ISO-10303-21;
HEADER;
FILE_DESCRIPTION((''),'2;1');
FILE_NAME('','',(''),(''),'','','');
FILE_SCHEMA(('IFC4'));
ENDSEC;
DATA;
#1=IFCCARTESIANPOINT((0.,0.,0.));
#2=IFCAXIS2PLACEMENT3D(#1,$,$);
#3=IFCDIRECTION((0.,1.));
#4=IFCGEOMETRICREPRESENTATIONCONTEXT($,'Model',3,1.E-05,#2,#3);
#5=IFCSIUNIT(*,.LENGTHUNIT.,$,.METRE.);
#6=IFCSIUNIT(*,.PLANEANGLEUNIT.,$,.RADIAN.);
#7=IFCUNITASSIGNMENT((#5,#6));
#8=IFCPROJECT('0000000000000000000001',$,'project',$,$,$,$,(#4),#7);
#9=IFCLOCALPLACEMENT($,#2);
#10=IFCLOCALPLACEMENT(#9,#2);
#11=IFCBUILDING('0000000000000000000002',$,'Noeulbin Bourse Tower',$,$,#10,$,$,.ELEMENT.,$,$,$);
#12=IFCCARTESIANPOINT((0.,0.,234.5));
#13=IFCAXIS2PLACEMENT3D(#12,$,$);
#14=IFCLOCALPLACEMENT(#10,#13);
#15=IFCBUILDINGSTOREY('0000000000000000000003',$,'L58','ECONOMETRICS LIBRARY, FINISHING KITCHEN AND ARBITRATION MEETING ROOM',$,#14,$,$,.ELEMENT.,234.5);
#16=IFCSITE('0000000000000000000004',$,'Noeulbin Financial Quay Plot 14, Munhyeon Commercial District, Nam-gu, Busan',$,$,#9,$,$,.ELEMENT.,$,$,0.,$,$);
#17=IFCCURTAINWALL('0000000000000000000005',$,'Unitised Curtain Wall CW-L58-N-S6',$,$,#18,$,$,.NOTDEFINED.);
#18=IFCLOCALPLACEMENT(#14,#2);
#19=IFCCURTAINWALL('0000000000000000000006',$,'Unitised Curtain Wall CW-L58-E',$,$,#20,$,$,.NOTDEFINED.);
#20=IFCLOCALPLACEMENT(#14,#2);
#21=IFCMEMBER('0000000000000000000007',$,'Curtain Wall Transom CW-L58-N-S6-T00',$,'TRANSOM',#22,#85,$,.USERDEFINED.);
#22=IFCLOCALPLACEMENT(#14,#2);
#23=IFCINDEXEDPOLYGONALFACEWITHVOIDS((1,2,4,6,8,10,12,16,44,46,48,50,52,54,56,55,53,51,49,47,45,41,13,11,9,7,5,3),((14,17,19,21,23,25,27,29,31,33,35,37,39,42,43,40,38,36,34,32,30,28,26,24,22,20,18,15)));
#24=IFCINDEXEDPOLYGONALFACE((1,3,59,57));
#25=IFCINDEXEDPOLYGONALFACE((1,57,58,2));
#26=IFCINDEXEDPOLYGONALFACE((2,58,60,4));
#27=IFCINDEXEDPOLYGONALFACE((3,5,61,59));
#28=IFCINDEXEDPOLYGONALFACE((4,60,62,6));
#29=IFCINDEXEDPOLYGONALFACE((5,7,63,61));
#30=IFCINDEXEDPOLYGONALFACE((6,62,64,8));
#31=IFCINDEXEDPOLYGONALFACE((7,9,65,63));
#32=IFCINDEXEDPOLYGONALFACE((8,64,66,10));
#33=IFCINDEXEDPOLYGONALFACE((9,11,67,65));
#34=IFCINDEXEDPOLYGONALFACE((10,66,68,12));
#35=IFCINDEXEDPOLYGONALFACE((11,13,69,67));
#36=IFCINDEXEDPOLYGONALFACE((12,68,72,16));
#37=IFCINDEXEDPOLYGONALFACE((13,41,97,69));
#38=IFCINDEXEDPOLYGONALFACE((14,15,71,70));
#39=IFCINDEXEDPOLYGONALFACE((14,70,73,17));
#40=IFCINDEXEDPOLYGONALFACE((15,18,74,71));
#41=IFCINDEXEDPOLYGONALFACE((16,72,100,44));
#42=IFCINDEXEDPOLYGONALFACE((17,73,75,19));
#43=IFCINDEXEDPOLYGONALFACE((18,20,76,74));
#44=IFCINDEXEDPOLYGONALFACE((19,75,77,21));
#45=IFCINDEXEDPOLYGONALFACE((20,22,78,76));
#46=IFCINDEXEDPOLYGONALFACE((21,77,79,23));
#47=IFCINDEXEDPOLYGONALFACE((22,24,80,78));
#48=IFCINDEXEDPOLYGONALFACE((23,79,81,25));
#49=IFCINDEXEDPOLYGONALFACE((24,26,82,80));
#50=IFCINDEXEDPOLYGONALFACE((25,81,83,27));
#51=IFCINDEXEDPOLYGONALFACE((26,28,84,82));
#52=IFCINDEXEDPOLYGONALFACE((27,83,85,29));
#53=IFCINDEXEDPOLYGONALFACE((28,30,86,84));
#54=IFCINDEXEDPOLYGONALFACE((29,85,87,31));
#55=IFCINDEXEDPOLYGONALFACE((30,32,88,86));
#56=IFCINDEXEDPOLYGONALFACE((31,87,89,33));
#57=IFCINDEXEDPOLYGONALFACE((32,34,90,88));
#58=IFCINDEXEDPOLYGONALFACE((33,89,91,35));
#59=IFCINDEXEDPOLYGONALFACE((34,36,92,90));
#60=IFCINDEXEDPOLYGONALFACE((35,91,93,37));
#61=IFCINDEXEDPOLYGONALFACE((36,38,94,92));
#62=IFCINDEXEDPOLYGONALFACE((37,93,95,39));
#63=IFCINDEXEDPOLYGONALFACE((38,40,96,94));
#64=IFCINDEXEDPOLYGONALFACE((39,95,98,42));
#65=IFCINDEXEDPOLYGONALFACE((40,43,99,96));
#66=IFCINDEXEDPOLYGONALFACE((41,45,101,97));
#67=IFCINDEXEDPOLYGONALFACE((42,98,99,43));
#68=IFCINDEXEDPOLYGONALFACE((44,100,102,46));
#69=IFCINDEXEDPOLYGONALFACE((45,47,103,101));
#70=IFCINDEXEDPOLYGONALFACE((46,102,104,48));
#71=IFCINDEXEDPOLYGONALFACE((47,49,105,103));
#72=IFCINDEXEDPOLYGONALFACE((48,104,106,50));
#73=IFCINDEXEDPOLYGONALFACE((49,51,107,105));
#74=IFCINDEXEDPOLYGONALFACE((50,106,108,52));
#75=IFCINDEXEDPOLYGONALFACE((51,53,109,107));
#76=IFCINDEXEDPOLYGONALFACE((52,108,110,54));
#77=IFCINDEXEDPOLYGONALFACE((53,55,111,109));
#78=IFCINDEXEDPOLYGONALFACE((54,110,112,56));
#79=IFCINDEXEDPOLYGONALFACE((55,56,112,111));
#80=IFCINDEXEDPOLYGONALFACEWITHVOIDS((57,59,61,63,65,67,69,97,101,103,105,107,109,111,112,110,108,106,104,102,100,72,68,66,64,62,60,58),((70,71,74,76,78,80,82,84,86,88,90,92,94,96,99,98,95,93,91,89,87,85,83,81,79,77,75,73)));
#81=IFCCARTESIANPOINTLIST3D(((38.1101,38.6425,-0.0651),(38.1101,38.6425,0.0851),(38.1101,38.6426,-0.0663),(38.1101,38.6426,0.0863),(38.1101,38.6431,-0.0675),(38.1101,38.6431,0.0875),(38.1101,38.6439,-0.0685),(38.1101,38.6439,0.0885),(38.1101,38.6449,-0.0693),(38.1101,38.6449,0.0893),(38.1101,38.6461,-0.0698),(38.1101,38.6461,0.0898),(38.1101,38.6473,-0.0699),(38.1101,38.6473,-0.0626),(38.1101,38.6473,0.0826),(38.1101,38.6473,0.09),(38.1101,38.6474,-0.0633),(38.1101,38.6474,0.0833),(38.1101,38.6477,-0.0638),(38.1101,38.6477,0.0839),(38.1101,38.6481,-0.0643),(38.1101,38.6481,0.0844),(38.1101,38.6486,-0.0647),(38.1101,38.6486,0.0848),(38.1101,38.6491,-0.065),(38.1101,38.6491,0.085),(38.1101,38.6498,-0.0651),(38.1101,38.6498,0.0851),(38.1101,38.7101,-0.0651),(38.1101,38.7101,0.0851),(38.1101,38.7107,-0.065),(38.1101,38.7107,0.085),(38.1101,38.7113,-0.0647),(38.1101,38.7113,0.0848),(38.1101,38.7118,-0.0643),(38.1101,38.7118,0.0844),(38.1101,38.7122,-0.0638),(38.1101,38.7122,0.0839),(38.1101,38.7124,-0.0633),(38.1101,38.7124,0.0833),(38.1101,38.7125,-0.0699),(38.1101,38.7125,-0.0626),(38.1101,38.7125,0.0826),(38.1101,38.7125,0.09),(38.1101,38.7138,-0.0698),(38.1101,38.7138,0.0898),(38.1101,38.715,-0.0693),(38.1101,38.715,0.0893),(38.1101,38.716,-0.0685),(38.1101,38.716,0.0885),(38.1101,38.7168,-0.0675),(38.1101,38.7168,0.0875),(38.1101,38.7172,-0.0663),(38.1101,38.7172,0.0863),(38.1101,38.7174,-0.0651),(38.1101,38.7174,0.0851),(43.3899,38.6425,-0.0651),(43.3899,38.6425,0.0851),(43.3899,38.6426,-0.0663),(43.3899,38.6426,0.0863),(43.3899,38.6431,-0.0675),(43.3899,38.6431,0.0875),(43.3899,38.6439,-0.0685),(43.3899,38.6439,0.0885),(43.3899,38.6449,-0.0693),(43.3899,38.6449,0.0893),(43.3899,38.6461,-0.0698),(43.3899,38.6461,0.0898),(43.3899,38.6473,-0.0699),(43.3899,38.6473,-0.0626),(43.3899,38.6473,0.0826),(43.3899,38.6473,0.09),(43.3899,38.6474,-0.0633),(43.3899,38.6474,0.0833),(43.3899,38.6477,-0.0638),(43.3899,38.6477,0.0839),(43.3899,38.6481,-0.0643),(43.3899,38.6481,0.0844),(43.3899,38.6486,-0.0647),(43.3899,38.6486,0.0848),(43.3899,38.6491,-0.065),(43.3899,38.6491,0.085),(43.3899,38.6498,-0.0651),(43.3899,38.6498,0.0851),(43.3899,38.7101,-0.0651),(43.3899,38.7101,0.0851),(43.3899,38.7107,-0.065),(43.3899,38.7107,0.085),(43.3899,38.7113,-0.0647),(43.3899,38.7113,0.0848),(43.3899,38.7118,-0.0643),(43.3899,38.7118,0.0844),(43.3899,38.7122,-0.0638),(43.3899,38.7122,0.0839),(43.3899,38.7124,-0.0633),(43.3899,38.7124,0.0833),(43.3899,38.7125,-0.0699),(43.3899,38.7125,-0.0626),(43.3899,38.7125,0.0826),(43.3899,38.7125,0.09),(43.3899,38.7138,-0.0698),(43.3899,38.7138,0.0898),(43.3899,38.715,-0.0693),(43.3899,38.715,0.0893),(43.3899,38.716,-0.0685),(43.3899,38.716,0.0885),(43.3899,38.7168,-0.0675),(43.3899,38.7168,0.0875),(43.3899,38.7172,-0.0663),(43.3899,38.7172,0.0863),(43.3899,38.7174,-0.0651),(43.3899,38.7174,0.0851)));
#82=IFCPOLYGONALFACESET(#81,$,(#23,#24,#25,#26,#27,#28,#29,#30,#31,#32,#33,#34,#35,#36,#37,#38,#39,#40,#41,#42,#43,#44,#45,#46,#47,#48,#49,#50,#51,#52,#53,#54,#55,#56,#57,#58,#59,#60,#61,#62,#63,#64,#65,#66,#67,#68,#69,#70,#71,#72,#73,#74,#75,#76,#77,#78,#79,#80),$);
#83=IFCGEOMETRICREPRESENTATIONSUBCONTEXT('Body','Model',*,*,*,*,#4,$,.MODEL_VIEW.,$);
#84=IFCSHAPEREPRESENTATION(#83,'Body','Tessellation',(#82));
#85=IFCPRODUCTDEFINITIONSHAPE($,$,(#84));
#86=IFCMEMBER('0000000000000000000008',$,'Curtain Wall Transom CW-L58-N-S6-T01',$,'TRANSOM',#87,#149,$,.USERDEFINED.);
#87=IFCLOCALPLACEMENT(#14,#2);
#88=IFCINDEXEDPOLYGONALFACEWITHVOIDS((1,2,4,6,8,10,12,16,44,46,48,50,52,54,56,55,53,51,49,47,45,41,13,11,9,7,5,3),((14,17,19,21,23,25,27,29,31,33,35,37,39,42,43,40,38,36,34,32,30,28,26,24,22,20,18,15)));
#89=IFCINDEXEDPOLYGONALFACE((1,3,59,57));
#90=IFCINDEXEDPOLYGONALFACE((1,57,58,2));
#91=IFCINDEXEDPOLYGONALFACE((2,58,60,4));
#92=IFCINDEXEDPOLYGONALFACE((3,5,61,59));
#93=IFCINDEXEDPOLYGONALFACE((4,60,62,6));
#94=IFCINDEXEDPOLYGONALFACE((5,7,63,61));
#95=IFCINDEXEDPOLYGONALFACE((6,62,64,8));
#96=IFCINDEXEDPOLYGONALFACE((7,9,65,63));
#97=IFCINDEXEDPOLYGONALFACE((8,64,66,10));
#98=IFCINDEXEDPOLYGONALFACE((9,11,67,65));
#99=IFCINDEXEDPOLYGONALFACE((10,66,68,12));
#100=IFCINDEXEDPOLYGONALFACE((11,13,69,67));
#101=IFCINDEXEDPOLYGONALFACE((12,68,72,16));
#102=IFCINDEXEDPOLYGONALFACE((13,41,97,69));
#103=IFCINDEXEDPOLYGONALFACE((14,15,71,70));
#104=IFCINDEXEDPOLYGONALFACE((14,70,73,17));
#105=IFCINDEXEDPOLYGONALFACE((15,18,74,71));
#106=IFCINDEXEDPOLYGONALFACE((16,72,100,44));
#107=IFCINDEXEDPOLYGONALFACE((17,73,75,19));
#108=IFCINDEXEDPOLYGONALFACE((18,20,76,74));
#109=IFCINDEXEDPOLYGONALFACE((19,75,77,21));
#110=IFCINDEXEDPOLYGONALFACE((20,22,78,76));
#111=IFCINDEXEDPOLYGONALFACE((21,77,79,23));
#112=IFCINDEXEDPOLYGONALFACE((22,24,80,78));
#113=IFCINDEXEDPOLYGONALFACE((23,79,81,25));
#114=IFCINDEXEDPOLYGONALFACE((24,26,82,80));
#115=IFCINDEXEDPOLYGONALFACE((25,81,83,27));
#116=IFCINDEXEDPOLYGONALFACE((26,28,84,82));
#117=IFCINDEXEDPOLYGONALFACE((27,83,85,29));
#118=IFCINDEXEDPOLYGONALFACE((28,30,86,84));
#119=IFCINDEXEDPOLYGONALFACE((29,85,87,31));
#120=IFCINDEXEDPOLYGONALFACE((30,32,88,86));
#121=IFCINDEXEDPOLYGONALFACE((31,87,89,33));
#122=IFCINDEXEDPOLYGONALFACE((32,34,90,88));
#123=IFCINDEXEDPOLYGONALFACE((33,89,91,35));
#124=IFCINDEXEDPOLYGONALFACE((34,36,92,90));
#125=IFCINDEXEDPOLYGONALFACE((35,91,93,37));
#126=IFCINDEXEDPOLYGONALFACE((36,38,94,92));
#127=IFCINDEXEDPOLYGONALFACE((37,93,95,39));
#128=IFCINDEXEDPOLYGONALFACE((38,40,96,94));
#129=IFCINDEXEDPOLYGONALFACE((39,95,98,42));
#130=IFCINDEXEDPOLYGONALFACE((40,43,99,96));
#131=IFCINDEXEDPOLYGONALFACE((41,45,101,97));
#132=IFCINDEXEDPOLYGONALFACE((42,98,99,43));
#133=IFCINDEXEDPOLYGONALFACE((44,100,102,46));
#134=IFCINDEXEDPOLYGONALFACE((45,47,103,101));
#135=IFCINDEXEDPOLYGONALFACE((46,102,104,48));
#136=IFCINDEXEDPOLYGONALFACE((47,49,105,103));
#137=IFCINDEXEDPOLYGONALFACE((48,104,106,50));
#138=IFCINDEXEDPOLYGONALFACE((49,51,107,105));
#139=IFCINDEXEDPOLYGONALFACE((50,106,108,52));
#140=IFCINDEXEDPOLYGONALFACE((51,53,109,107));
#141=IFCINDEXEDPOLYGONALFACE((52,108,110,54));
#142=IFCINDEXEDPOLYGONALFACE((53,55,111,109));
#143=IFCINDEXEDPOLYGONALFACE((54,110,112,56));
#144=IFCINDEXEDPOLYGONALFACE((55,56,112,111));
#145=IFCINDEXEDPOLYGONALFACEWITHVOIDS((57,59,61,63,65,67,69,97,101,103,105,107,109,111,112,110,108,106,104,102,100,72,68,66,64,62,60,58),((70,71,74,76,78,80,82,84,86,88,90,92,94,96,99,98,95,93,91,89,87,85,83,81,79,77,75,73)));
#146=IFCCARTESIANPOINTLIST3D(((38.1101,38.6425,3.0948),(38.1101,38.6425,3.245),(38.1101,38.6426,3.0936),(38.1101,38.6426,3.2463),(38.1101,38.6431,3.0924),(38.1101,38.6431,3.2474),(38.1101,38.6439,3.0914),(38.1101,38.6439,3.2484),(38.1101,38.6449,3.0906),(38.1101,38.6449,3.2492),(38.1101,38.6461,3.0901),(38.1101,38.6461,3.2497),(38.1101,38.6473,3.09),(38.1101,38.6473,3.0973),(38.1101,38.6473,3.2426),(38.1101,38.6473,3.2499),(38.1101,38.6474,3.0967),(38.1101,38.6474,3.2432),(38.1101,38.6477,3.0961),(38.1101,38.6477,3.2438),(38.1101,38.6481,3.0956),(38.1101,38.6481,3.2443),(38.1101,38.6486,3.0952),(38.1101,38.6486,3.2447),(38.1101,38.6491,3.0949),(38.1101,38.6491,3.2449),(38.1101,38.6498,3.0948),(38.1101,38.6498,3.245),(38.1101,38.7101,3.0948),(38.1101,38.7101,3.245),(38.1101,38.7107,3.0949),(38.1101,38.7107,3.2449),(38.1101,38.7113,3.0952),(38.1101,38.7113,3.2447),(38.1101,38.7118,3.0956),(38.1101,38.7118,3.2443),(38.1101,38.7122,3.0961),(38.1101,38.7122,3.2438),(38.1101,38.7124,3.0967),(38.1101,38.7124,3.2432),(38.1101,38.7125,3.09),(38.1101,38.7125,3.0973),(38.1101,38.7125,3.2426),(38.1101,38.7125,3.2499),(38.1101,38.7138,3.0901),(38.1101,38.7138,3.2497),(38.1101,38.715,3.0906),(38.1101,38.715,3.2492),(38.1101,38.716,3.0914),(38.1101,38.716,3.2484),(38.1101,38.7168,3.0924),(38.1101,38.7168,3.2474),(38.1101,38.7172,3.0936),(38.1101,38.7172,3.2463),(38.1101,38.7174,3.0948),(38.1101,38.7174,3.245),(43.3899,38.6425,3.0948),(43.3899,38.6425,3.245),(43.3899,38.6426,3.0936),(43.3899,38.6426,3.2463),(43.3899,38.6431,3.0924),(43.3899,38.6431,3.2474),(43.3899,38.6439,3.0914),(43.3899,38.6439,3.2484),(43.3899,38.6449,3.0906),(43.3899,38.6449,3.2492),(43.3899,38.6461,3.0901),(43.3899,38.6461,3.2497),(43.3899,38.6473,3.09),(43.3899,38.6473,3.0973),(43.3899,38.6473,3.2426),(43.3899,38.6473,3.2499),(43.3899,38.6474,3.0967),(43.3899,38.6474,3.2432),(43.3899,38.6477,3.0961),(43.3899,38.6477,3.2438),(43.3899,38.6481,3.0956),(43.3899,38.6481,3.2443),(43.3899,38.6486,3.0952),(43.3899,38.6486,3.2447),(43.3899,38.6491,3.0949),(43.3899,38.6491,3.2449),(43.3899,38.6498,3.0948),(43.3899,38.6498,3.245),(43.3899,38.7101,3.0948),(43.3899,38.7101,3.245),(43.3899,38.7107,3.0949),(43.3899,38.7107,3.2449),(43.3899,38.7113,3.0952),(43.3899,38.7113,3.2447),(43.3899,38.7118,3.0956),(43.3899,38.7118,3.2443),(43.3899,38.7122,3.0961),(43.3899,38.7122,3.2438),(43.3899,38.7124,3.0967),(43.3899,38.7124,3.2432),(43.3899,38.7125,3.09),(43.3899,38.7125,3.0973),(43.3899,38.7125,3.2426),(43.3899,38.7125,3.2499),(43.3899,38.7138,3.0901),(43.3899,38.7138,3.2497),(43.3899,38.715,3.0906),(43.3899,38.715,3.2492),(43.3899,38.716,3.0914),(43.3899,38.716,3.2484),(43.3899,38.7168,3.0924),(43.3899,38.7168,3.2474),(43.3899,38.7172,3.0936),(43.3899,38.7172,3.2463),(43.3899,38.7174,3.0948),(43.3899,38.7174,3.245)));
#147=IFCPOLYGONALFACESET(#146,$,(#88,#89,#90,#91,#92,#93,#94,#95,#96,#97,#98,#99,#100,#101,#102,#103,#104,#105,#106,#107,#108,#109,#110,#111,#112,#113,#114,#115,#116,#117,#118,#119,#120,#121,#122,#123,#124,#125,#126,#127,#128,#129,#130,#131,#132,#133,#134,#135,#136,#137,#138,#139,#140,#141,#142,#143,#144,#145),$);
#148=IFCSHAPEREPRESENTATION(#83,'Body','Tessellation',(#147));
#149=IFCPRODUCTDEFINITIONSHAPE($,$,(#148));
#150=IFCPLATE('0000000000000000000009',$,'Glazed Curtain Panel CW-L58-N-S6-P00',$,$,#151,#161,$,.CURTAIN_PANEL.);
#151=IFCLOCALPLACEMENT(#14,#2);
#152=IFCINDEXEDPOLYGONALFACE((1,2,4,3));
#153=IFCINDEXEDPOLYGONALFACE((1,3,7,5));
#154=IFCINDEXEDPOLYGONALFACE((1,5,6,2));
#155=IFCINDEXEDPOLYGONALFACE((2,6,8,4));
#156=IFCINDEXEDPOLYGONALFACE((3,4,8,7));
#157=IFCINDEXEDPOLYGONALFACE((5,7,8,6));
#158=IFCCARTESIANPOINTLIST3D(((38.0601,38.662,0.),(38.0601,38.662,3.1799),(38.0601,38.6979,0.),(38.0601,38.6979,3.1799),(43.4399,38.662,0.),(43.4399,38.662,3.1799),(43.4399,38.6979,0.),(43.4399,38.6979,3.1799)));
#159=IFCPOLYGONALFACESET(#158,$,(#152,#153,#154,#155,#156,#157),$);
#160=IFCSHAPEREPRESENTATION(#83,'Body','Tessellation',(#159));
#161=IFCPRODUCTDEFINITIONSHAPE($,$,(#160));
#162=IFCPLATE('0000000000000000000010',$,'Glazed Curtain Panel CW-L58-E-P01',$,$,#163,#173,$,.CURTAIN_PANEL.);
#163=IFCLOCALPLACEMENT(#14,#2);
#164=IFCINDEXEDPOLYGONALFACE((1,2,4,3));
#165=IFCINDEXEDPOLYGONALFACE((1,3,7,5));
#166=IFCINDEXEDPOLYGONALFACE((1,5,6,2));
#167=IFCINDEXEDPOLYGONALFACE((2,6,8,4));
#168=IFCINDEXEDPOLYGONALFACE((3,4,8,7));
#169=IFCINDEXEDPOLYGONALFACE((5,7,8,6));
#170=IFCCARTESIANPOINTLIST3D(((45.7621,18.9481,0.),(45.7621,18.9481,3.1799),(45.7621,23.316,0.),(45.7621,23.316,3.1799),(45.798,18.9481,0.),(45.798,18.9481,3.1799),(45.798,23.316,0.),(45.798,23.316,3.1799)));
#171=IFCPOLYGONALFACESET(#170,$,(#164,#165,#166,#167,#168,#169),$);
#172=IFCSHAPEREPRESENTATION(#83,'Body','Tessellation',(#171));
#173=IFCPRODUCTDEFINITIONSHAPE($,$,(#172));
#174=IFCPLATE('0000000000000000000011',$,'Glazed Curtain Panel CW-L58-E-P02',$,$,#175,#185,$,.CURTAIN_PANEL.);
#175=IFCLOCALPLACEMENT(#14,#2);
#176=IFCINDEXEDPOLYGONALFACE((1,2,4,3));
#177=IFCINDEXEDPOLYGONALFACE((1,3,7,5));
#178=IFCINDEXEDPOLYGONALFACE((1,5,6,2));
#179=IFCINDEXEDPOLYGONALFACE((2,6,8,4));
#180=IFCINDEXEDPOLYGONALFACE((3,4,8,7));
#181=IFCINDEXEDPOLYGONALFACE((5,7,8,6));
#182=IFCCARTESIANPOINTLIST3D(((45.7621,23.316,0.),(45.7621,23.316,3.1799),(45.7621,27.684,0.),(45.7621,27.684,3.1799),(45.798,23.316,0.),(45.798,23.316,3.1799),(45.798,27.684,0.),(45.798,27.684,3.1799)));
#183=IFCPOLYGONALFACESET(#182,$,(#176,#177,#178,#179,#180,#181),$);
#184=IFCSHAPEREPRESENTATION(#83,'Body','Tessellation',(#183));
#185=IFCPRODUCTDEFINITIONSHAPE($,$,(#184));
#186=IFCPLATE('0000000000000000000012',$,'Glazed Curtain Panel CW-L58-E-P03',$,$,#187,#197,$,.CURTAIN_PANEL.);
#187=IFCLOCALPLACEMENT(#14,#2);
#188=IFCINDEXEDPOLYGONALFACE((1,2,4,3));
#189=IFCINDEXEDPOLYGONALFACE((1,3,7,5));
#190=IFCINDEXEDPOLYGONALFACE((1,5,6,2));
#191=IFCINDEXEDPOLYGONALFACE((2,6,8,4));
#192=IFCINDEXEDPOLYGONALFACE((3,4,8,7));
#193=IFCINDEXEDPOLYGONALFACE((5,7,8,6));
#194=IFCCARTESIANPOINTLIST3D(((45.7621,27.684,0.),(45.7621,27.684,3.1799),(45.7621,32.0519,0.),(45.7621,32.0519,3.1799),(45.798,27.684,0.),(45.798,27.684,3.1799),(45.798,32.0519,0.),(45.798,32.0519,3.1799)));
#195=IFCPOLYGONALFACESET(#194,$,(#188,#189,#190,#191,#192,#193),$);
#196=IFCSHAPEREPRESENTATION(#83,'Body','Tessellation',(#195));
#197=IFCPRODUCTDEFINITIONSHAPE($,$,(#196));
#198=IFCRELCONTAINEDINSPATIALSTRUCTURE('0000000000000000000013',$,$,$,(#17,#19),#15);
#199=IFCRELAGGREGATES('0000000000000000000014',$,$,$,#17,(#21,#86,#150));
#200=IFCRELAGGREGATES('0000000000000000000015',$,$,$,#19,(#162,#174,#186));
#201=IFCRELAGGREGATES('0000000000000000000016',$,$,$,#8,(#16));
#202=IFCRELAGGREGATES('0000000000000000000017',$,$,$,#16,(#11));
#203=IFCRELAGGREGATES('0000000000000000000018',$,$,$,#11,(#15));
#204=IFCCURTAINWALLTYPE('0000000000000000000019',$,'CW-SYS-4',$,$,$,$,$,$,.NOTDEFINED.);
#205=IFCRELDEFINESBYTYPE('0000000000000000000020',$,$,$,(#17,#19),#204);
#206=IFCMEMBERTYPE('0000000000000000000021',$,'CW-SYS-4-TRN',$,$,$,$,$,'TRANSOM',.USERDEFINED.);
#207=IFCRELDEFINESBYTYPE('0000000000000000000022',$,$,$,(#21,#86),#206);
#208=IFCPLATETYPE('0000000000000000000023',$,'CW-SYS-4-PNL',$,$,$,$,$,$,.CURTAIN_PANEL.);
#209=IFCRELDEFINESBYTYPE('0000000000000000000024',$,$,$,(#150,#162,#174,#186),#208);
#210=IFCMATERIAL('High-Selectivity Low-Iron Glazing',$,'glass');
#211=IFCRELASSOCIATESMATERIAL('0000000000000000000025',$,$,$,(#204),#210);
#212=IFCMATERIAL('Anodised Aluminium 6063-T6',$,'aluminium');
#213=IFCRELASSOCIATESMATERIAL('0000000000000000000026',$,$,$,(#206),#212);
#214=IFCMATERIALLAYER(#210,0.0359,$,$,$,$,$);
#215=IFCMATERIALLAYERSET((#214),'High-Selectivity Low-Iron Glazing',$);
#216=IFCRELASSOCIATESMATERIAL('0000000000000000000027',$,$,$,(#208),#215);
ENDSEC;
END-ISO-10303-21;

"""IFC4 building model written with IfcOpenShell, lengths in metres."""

from ifc_helpers import new_model, si_unit, direction, frame, origin, origin_2d, place, context, subcontext, project, spatial, rectangle, hollow_rectangle, extrude, material, layer, layer_set, material_profile, profile_set, type_object, element, aggregate, save


model = new_model("IFC4")

# Units and contexts
model_context = context("Model", 3, precision=1e-05, world=origin(), true_north=direction((0.0, 1.0)))
body_context = subcontext(model_context, "Body", "Model", "MODEL_VIEW")
ifc_project = project(units=[si_unit("LENGTHUNIT", "METRE"), si_unit("PLANEANGLEUNIT", "RADIAN")], contexts=[model_context])

# Site, building, storey
site_placement = place(None, origin())
site = spatial("IfcSite", under=ifc_project, at=site_placement, Name="Noeulbin Financial Quay Plot 14, Munhyeon Commercial District, Nam-gu, Busan", CompositionType="ELEMENT", RefElevation=0.0)
building_placement = place(site_placement, origin())
building = spatial("IfcBuilding", under=site, at=building_placement, Name="Noeulbin Bourse Tower", CompositionType="ELEMENT")
storey_placement = place(building_placement, frame((0.0, 0.0, 234.5)))
storey = spatial("IfcBuildingStorey", under=building, at=storey_placement, Name="L58", Description="ECONOMETRICS LIBRARY, FINISHING KITCHEN AND ARBITRATION MEETING ROOM", CompositionType="ELEMENT", Elevation=234.5)

# Curtain walls
ifc_material_1 = material(Name="High-Selectivity Low-Iron Glazing", Category="glass")
curtain_wall_type = type_object("IfcCurtainWallType", Name="CW-SYS-4", PredefinedType="NOTDEFINED", material=ifc_material_1)
curtain_wall_1_placement = place(storey_placement, origin())
curtain_wall_1 = element("IfcCurtainWall", 1, at=curtain_wall_1_placement, inside=storey, type_object=curtain_wall_type, Name="Unitised Curtain Wall CW-L58-N-S6", PredefinedType="NOTDEFINED")
ifc_material_2 = material(Name="Anodised Aluminium 6063-T6", Category="aluminium")
curtain_wall_2_placement = place(storey_placement, origin())
curtain_wall_2 = element("IfcCurtainWall", 2, at=curtain_wall_2_placement, inside=storey, type_object=curtain_wall_type, Name="Unitised Curtain Wall CW-L58-E", PredefinedType="NOTDEFINED")

# Members
ifc_material_profile_1 = material_profile(ifc_material_2, hollow_rectangle(XDim=0.075, YDim=0.1599, WallThickness=0.0049, InnerFilletRadius=0.0024, OuterFilletRadius=0.0049, at=origin_2d()), Name="ALU-TRAN-75x160x5", Category="LoadBearing")
ifc_profile_set_1 = profile_set([ifc_material_profile_1], Name="Anodised Aluminium 6063-T6")
member_type_1 = type_object("IfcMemberType", Name="CW-SYS-4-TRN", ElementType="TRANSOM", PredefinedType="USERDEFINED", material=ifc_profile_set_1)
member_1_placement = place(storey_placement, frame((38.1101, 38.6799, 0.01), z_axis=(1.0, 0.0, 0.0), x_axis=(0.0, 1.0, 0.0)))
member_1 = element("IfcMember", 3, at=member_1_placement, type_object=member_type_1, Name="Curtain Wall Transom CW-L58-N-S6-T00", ObjectType="TRANSOM", PredefinedType="USERDEFINED", context=body_context, shape_type="SweptSolid", body=[
    extrude(hollow_rectangle(XDim=0.075, YDim=0.1599, WallThickness=0.0049, InnerFilletRadius=0.0024, OuterFilletRadius=0.0049, at=origin_2d()), origin(), (0.0, 0.0, 1.0), 5.2798),
])
member_2_placement = place(storey_placement, frame((38.1101, 38.6799, 3.1699), z_axis=(1.0, 0.0, 0.0), x_axis=(0.0, 1.0, 0.0)))
member_2 = element("IfcMember", 4, at=member_2_placement, type_object=member_type_1, Name="Curtain Wall Transom CW-L58-N-S6-T01", ObjectType="TRANSOM", PredefinedType="USERDEFINED", context=body_context, shape_type="SweptSolid", body=[
    extrude(hollow_rectangle(XDim=0.075, YDim=0.1599, WallThickness=0.0049, InnerFilletRadius=0.0024, OuterFilletRadius=0.0049, at=origin_2d()), origin(), (0.0, 0.0, 1.0), 5.2798),
])

# Plates
ifc_layer_1 = layer(ifc_material_1, 0.0359)
ifc_layer_set_1 = layer_set([ifc_layer_1], Name="High-Selectivity Low-Iron Glazing")
plate_type_1 = type_object("IfcPlateType", Name="CW-SYS-4-PNL", PredefinedType="CURTAIN_PANEL", material=ifc_layer_set_1)
plate_1_placement = place(storey_placement, frame((40.75, 38.6799, 0.0), z_axis=(0.0, 0.0, 1.0), x_axis=(1.0, 0.0, 0.0)))
plate_1 = element("IfcPlate", 5, at=plate_1_placement, type_object=plate_type_1, Name="Glazed Curtain Panel CW-L58-N-S6-P00", PredefinedType="CURTAIN_PANEL", context=body_context, shape_type="SweptSolid", body=[
    extrude(rectangle(XDim=5.3799, YDim=0.0359, at=origin_2d()), origin(), (0.0, 0.0, 1.0), 3.1799),
])
aggregate(curtain_wall_1, [member_1, member_2, plate_1])
plate_2_placement = place(storey_placement, frame((45.78, 21.1321, 0.0), z_axis=(0.0, 0.0, 1.0), x_axis=(0.0, 1.0, 0.0)))
plate_2 = element("IfcPlate", 6, at=plate_2_placement, type_object=plate_type_1, Name="Glazed Curtain Panel CW-L58-E-P01", PredefinedType="CURTAIN_PANEL", context=body_context, shape_type="SweptSolid", body=[
    extrude(rectangle(XDim=4.3679, YDim=0.0359, at=origin_2d()), origin(), (0.0, 0.0, 1.0), 3.1799),
])
plate_3_placement = place(storey_placement, frame((45.78, 25.5, 0.0), z_axis=(0.0, 0.0, 1.0), x_axis=(0.0, 1.0, 0.0)))
plate_3 = element("IfcPlate", 7, at=plate_3_placement, type_object=plate_type_1, Name="Glazed Curtain Panel CW-L58-E-P02", PredefinedType="CURTAIN_PANEL", context=body_context, shape_type="SweptSolid", body=[
    extrude(rectangle(XDim=4.3679, YDim=0.0359, at=origin_2d()), origin(), (0.0, 0.0, 1.0), 3.1799),
])
plate_4_placement = place(storey_placement, frame((45.78, 29.8679, 0.0), z_axis=(0.0, 0.0, 1.0), x_axis=(0.0, 1.0, 0.0)))
plate_4 = element("IfcPlate", 8, at=plate_4_placement, type_object=plate_type_1, Name="Glazed Curtain Panel CW-L58-E-P03", PredefinedType="CURTAIN_PANEL", context=body_context, shape_type="SweptSolid", body=[
    extrude(rectangle(XDim=4.3679, YDim=0.0359, at=origin_2d()), origin(), (0.0, 0.0, 1.0), 3.1799),
])
aggregate(curtain_wall_2, [plate_2, plate_3, plate_4])

save(model, "model.ifc")
